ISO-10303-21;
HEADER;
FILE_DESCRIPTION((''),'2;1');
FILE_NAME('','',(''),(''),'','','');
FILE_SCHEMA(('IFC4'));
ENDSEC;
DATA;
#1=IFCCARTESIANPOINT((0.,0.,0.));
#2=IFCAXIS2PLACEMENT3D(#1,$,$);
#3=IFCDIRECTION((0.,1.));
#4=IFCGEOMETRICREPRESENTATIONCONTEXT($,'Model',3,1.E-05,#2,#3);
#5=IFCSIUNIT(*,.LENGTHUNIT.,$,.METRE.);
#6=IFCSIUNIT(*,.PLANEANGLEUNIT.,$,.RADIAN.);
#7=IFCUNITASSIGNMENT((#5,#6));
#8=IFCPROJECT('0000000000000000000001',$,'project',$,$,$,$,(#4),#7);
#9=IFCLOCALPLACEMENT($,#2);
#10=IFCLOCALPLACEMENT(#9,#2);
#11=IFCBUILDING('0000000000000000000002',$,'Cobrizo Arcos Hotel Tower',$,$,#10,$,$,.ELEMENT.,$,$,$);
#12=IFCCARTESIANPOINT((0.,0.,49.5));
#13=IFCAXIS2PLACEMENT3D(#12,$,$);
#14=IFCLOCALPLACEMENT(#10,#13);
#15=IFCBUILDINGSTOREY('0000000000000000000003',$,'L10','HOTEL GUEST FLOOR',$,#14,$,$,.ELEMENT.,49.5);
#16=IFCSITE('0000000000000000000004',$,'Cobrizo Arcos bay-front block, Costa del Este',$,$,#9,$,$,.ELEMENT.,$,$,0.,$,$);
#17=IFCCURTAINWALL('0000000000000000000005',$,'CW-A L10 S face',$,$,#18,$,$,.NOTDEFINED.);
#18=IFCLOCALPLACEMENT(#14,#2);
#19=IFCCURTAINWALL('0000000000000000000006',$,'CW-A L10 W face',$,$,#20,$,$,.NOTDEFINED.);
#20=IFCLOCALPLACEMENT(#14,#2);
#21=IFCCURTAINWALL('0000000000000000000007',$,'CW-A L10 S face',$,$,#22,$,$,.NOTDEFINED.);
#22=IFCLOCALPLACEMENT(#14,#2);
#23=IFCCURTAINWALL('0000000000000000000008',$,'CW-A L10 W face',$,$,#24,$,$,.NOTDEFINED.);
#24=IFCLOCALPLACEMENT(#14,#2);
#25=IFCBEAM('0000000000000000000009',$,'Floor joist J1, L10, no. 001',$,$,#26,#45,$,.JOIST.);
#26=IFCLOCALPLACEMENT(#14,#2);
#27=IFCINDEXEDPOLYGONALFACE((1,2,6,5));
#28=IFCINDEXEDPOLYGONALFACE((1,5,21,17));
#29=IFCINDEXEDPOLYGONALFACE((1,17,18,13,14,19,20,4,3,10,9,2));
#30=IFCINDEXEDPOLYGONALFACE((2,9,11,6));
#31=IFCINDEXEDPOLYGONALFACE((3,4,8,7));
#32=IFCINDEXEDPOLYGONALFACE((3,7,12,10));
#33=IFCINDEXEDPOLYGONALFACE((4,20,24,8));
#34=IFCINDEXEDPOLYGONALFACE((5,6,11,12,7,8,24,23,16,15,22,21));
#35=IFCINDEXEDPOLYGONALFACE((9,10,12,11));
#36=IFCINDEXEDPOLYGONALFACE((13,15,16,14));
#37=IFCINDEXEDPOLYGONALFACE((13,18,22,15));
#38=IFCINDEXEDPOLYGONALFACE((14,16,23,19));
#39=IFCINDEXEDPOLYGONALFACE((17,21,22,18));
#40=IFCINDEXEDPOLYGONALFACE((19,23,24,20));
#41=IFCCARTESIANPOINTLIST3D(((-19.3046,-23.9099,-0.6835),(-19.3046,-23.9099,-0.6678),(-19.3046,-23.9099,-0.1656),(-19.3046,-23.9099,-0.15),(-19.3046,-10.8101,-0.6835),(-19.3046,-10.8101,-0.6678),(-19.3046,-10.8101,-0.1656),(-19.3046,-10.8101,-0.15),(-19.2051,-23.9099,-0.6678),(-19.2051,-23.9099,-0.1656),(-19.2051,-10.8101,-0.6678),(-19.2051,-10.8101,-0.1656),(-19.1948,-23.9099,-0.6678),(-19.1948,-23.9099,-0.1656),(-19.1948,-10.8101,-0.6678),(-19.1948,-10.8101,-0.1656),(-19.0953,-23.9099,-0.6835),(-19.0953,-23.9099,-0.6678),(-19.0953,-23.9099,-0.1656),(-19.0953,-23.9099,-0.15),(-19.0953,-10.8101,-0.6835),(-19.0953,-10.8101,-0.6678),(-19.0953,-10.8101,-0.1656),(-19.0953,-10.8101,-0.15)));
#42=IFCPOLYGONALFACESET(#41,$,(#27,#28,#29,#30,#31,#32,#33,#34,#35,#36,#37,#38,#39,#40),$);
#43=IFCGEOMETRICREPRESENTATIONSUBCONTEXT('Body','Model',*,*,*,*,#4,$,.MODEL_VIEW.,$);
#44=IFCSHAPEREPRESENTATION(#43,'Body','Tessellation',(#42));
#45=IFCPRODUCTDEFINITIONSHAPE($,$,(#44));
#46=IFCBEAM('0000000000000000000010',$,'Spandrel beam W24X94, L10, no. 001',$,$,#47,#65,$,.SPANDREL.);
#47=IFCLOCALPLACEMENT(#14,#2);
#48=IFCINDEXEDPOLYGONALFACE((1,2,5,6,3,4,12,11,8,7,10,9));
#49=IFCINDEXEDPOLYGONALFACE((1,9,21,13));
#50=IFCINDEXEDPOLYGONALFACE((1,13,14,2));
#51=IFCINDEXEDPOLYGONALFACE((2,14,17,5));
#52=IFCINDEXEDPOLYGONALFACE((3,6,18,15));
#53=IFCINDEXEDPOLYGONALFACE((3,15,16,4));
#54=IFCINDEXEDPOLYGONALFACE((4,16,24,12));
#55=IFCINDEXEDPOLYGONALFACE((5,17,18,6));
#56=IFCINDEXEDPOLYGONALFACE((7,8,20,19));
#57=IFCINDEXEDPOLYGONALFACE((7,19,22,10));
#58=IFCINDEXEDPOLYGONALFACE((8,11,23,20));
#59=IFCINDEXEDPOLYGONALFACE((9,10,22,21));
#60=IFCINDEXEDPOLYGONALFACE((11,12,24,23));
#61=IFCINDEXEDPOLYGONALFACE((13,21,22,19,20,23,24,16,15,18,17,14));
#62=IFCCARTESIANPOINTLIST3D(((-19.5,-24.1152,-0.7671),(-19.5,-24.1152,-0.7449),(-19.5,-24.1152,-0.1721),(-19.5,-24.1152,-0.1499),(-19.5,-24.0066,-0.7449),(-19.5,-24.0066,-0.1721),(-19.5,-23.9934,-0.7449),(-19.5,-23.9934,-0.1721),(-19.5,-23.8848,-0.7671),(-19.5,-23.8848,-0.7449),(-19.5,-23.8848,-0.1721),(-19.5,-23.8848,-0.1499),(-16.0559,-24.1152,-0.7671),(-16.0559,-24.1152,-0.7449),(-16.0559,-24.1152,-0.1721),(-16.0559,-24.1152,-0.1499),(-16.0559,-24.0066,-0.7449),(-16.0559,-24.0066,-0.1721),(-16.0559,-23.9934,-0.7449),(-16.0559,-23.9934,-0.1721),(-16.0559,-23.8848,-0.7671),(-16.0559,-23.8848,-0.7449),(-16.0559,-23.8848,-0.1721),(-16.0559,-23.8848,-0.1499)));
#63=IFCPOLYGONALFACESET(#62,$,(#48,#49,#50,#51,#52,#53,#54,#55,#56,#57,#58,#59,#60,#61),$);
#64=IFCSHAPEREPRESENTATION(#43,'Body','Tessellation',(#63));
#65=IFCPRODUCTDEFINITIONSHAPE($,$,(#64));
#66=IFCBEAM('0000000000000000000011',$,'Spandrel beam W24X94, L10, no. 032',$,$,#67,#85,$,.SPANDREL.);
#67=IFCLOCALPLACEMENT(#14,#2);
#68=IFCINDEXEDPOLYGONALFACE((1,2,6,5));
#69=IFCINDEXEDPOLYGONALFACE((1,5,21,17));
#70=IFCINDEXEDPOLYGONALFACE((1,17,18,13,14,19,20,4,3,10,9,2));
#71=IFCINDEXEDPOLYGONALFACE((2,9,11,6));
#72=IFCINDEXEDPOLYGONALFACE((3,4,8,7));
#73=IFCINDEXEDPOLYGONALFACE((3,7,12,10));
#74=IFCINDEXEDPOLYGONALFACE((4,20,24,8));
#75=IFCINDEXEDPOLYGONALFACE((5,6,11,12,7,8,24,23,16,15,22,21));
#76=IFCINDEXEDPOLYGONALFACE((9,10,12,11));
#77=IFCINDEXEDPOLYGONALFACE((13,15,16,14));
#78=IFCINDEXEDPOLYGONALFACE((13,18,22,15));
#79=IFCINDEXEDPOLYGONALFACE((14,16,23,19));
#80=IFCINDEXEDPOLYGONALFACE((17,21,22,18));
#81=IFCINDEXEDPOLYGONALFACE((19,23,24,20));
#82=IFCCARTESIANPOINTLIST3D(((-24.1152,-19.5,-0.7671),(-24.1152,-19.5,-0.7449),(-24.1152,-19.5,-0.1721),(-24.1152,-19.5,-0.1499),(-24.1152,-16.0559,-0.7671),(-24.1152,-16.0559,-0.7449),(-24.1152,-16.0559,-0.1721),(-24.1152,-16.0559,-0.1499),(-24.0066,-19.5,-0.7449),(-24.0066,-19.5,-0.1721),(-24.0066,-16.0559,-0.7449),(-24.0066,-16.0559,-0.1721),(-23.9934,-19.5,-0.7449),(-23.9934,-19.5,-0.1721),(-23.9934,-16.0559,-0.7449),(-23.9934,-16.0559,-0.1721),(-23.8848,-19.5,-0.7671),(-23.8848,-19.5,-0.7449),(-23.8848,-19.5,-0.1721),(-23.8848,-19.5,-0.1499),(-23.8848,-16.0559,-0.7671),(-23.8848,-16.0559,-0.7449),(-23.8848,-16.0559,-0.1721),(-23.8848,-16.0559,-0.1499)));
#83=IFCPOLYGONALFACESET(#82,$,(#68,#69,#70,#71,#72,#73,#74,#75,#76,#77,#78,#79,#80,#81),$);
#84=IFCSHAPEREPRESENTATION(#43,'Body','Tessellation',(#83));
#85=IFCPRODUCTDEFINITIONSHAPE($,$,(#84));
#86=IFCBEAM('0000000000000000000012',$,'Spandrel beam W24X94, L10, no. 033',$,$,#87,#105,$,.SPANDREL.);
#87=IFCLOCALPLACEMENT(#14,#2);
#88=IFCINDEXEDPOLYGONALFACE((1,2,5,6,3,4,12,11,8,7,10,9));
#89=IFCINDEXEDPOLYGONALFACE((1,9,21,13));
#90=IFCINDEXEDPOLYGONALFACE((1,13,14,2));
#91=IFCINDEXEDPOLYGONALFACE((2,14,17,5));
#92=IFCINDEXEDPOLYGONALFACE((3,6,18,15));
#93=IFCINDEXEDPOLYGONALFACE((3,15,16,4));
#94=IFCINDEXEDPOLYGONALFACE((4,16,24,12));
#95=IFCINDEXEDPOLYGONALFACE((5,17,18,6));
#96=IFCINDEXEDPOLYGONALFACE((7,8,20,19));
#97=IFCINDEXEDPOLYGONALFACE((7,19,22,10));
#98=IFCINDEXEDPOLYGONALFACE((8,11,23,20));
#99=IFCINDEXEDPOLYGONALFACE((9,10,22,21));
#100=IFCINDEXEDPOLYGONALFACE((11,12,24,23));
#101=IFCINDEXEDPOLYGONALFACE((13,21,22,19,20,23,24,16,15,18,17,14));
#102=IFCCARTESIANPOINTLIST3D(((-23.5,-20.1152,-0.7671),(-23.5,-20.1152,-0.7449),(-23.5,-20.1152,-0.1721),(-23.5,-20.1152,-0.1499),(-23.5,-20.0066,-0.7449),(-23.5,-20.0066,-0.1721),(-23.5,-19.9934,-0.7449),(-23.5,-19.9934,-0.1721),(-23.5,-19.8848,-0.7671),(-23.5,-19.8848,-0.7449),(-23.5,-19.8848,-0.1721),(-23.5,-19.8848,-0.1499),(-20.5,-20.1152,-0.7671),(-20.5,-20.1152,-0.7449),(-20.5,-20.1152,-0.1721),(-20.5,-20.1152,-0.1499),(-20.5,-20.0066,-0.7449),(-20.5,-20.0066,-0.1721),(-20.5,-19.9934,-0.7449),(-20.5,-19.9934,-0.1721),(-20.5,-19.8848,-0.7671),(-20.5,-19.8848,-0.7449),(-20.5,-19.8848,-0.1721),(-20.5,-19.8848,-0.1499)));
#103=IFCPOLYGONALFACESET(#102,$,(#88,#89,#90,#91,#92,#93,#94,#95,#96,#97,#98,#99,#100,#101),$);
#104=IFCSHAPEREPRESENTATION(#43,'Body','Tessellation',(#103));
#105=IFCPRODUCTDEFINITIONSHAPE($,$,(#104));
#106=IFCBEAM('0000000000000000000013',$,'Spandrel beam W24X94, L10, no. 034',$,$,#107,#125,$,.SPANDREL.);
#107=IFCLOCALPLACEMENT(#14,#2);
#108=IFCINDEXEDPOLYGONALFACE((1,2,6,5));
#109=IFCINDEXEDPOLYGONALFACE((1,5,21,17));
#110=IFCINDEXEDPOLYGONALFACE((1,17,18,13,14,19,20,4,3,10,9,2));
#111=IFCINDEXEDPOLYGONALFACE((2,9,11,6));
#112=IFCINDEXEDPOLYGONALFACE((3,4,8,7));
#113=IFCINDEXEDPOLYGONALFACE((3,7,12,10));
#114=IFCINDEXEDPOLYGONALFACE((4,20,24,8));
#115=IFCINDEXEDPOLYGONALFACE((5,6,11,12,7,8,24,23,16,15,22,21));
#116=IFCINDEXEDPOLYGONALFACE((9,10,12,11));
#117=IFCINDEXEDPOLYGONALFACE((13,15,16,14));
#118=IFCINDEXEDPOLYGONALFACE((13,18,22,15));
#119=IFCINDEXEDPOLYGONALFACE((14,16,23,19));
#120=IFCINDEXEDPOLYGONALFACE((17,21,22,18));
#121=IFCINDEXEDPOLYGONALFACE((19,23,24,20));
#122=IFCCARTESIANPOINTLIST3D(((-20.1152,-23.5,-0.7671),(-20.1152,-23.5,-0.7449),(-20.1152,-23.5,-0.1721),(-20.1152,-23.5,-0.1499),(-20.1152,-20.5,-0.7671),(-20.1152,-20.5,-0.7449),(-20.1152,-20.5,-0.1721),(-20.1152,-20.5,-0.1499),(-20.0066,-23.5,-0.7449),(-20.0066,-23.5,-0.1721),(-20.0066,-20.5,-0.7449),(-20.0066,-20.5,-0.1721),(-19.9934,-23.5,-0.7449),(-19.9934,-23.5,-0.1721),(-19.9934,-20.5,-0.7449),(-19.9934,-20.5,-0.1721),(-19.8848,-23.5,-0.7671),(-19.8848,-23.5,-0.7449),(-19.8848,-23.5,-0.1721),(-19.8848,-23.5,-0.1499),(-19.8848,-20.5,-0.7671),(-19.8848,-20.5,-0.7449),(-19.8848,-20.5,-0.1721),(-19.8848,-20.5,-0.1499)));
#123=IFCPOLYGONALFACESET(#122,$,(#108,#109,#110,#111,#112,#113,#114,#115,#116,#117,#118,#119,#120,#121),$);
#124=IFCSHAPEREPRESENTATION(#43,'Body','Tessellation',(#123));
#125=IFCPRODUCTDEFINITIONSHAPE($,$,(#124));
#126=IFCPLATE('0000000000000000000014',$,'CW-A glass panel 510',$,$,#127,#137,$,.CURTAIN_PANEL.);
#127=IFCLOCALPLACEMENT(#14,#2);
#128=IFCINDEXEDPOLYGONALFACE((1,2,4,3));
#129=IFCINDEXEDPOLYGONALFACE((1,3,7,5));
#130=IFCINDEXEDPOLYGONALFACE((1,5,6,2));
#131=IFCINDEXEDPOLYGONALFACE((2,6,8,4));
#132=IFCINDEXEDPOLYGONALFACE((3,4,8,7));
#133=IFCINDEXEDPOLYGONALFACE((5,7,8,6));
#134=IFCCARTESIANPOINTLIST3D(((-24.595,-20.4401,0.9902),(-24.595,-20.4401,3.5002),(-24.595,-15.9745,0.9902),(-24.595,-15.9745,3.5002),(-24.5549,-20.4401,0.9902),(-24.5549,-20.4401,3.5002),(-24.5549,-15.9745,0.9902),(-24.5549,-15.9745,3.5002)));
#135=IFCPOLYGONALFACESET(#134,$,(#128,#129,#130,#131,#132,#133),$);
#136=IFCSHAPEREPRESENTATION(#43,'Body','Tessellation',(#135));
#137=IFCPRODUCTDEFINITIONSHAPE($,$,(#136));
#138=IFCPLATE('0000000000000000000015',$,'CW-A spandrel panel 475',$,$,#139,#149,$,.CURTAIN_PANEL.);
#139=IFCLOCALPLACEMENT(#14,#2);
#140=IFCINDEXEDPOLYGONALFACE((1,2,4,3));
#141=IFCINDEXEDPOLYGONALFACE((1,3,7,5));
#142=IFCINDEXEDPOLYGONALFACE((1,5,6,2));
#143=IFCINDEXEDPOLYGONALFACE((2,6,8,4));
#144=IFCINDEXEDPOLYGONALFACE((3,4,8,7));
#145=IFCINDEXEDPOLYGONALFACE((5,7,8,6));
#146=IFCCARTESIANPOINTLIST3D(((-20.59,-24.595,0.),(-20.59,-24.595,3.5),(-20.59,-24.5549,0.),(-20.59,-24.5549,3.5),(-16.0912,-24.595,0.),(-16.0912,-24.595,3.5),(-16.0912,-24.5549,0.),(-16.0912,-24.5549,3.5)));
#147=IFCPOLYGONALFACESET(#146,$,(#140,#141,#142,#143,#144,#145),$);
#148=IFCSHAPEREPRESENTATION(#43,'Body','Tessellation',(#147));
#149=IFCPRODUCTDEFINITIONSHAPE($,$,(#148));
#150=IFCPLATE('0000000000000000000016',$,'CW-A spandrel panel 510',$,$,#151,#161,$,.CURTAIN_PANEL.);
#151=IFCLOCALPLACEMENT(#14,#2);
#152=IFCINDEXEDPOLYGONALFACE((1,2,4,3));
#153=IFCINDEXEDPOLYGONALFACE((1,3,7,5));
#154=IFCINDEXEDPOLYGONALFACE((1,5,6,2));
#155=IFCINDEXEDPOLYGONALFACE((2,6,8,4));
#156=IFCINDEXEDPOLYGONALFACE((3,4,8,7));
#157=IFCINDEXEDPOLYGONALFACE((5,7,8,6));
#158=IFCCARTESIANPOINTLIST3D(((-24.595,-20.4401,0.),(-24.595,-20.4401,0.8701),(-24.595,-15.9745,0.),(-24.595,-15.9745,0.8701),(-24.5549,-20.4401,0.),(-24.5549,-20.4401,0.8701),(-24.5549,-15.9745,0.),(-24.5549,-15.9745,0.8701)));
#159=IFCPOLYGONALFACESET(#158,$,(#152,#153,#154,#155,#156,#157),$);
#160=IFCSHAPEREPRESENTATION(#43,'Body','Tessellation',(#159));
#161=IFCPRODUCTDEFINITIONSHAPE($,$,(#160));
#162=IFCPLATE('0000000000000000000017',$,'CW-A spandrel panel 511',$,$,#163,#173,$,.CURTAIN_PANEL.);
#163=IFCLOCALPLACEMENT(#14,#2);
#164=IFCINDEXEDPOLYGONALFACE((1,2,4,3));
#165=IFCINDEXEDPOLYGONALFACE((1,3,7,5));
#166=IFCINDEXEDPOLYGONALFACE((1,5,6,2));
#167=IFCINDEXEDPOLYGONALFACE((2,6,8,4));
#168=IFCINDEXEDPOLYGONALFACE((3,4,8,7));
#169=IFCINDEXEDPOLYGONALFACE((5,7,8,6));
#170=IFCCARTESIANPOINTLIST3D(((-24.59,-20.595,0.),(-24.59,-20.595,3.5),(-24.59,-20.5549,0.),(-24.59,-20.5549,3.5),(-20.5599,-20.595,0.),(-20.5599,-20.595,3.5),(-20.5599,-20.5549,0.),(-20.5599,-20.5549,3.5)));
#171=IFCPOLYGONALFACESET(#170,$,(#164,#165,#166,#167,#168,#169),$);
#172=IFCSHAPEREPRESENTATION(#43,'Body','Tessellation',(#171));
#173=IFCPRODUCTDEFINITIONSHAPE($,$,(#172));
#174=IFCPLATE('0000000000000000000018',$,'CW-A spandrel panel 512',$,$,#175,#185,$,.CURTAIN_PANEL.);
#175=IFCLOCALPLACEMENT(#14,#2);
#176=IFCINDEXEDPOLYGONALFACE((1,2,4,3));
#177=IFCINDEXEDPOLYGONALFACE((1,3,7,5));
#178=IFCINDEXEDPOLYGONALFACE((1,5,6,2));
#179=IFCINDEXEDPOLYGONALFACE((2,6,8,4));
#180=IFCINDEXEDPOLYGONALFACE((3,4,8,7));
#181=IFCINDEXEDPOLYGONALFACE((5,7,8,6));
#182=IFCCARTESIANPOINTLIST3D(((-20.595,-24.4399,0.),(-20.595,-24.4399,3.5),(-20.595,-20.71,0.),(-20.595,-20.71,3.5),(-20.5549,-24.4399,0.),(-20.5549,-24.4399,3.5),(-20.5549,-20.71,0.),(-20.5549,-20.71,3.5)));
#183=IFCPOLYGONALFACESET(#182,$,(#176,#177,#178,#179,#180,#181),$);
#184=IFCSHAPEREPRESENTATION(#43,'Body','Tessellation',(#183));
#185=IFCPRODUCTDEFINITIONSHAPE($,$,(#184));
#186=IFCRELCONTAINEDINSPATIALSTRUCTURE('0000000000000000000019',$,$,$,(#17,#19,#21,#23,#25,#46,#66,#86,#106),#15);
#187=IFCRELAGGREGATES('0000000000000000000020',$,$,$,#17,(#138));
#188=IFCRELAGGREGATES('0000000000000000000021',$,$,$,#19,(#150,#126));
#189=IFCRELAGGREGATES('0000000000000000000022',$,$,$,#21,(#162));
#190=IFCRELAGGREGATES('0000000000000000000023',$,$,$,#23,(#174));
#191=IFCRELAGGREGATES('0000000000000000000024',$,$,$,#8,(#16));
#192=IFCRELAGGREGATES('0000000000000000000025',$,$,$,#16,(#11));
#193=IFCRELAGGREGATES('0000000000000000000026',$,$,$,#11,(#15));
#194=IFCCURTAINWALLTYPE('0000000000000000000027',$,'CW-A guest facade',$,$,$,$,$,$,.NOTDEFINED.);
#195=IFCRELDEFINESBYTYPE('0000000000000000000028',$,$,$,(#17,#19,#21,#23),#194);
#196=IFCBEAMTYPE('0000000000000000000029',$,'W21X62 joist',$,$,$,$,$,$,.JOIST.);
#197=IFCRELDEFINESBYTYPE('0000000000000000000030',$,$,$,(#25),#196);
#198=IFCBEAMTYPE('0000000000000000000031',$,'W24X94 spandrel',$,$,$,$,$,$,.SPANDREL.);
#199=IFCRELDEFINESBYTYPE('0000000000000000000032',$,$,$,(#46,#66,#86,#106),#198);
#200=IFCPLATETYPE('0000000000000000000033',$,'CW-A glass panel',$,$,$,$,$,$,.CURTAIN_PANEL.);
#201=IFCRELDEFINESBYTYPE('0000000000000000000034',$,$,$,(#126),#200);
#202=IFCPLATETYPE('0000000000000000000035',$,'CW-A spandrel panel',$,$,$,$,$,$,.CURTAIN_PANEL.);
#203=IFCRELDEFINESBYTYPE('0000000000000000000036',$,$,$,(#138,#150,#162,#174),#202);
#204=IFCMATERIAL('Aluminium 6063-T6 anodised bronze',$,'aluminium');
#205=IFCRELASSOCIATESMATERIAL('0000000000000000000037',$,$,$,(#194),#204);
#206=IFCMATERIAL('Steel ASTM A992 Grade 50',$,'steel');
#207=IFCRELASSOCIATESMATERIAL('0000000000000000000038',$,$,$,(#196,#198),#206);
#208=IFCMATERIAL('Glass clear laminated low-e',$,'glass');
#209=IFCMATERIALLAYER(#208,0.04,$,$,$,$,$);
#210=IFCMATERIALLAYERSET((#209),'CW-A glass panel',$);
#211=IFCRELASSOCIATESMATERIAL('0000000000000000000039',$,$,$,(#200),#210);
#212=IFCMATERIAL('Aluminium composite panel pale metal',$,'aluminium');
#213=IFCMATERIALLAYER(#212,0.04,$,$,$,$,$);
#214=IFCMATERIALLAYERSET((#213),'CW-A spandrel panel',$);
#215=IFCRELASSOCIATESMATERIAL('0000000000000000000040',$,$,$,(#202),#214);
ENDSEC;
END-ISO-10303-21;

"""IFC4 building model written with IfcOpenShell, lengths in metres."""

from ifc_helpers import new_model, si_unit, direction, frame, origin, origin_2d, place, context, subcontext, project, spatial, rectangle, i_section, extrude, material, layer, layer_set, material_profile, profile_set, type_object, element, aggregate, save


model = new_model("IFC4")

# Units and contexts
model_context = context("Model", 3, precision=1e-05, world=origin(), true_north=direction((0.0, 1.0)))
body_context = subcontext(model_context, "Body", "Model", "MODEL_VIEW")
ifc_project = project(units=[si_unit("LENGTHUNIT", "METRE"), si_unit("PLANEANGLEUNIT", "RADIAN")], contexts=[model_context])

# Site, building, storey
site_placement = place(None, origin())
site = spatial("IfcSite", under=ifc_project, at=site_placement, Name="Cobrizo Arcos bay-front block, Costa del Este", CompositionType="ELEMENT", RefElevation=0.0)
building_placement = place(site_placement, origin())
building = spatial("IfcBuilding", under=site, at=building_placement, Name="Cobrizo Arcos Hotel Tower", CompositionType="ELEMENT")
storey_placement = place(building_placement, frame((0.0, 0.0, 49.5)))
storey = spatial("IfcBuildingStorey", under=building, at=storey_placement, Name="L10", Description="HOTEL GUEST FLOOR", CompositionType="ELEMENT", Elevation=49.5)

# Curtain walls
ifc_material_1 = material(Name="Aluminium 6063-T6 anodised bronze", Category="aluminium")
curtain_wall_type = type_object("IfcCurtainWallType", Name="CW-A guest facade", PredefinedType="NOTDEFINED", material=ifc_material_1)
curtain_wall_1_placement = place(storey_placement, origin())
curtain_wall_1 = element("IfcCurtainWall", 1, at=curtain_wall_1_placement, inside=storey, type_object=curtain_wall_type, Name="CW-A L10 S face", PredefinedType="NOTDEFINED")
curtain_wall_2_placement = place(storey_placement, origin())
curtain_wall_2 = element("IfcCurtainWall", 2, at=curtain_wall_2_placement, inside=storey, type_object=curtain_wall_type, Name="CW-A L10 W face", PredefinedType="NOTDEFINED")
curtain_wall_3_placement = place(storey_placement, origin())
curtain_wall_3 = element("IfcCurtainWall", 3, at=curtain_wall_3_placement, inside=storey, type_object=curtain_wall_type, Name="CW-A L10 S face", PredefinedType="NOTDEFINED")
curtain_wall_4_placement = place(storey_placement, origin())
curtain_wall_4 = element("IfcCurtainWall", 4, at=curtain_wall_4_placement, inside=storey, type_object=curtain_wall_type, Name="CW-A L10 W face", PredefinedType="NOTDEFINED")

# Beams
ifc_material_2 = material(Name="Steel ASTM A992 Grade 50", Category="steel")
ifc_material_profile_1 = material_profile(ifc_material_2, i_section(OverallWidth=0.2092, OverallDepth=0.5334, WebThickness=0.0103, FlangeThickness=0.0156, at=origin_2d()), Name="W21X62")
ifc_profile_set_1 = profile_set([ifc_material_profile_1], Name="Steel ASTM A992 Grade 50")
beam_type_1 = type_object("IfcBeamType", Name="W21X62 joist", PredefinedType="JOIST", material=ifc_profile_set_1)
beam_placement = place(storey_placement, frame((-19.2, -23.9099, -0.4167), z_axis=(0.0, 1.0, 0.0), x_axis=(-1.0, 0.0, 0.0)))
element("IfcBeam", 5, at=beam_placement, inside=storey, type_object=beam_type_1, Name="Floor joist J1, L10, no. 001", PredefinedType="JOIST", context=body_context, shape_type="SweptSolid", body=[
    extrude(i_section(OverallWidth=0.2092, OverallDepth=0.5334, WebThickness=0.0103, FlangeThickness=0.0156, at=origin_2d()), origin(), (0.0, 0.0, 1.0), 13.0999),
])
ifc_material_profile_2 = material_profile(ifc_material_2, i_section(OverallWidth=0.2305, OverallDepth=0.6172, WebThickness=0.0132, FlangeThickness=0.0222, at=origin_2d()), Name="W24X94")
ifc_profile_set_2 = profile_set([ifc_material_profile_2], Name="Steel ASTM A992 Grade 50")
beam_type_2 = type_object("IfcBeamType", Name="W24X94 spandrel", PredefinedType="SPANDREL", material=ifc_profile_set_2)
for number, where, z_axis, x_axis, name in (
    (6, (-19.5, -24.0, -0.4585), (1.0, 0.0, 0.0), (0.0, 1.0, 0.0), "Spandrel beam W24X94, L10, no. 001"),
    (7, (-24.0, -16.0559, -0.4585), (0.0, -1.0, 0.0), (1.0, 0.0, 0.0), "Spandrel beam W24X94, L10, no. 032"),
):
    element("IfcBeam", number, at=place(storey_placement, frame(where, z_axis=z_axis, x_axis=x_axis)), inside=storey, type_object=beam_type_2, Name=name, PredefinedType="SPANDREL", context=body_context, shape_type="SweptSolid", body=[
        extrude(i_section(OverallWidth=0.2305, OverallDepth=0.6172, WebThickness=0.0132, FlangeThickness=0.0222, at=origin_2d()), origin(), (0.0, 0.0, 1.0), 3.4441),
    ])
for number, where, z_axis, x_axis, name in (
    (8, (-23.5, -20.0, -0.4585), (1.0, 0.0, 0.0), (0.0, 1.0, 0.0), "Spandrel beam W24X94, L10, no. 033"),
    (9, (-20.0, -20.5, -0.4585), (0.0, -1.0, 0.0), (1.0, 0.0, 0.0), "Spandrel beam W24X94, L10, no. 034"),
):
    element("IfcBeam", number, at=place(storey_placement, frame(where, z_axis=z_axis, x_axis=x_axis)), inside=storey, type_object=beam_type_2, Name=name, PredefinedType="SPANDREL", context=body_context, shape_type="SweptSolid", body=[
        extrude(i_section(OverallWidth=0.2305, OverallDepth=0.6172, WebThickness=0.0132, FlangeThickness=0.0222, at=origin_2d()), origin(), (0.0, 0.0, 1.0), 3.0),
    ])

# Plates
ifc_material_3 = material(Name="Glass clear laminated low-e", Category="glass")
ifc_layer_1 = layer(ifc_material_3, 0.04)
ifc_layer_set_1 = layer_set([ifc_layer_1], Name="CW-A glass panel")
plate_type_1 = type_object("IfcPlateType", Name="CW-A glass panel", PredefinedType="CURTAIN_PANEL", material=ifc_layer_set_1)
plate_1_placement = place(storey_placement, frame((-24.575, -18.2073, 0.9902), z_axis=(0.0, 0.0, 1.0), x_axis=(0.0, -1.0, 0.0)))
plate_1 = element("IfcPlate", 10, at=plate_1_placement, type_object=plate_type_1, Name="CW-A glass panel 510", PredefinedType="CURTAIN_PANEL", context=body_context, shape_type="SweptSolid", body=[
    extrude(rectangle(XDim=4.4656, YDim=0.04, at=origin_2d()), origin(), (0.0, 0.0, 1.0), 2.51),
])
ifc_material_4 = material(Name="Aluminium composite panel pale metal", Category="aluminium")
ifc_layer_2 = layer(ifc_material_4, 0.04)
ifc_layer_set_2 = layer_set([ifc_layer_2], Name="CW-A spandrel panel")
plate_type_2 = type_object("IfcPlateType", Name="CW-A spandrel panel", PredefinedType="CURTAIN_PANEL", material=ifc_layer_set_2)
plate_2_placement = place(storey_placement, frame((-18.3406, -24.575, 0.0), z_axis=(0.0, 0.0, 1.0), x_axis=(1.0, 0.0, 0.0)))
plate_2 = element("IfcPlate", 11, at=plate_2_placement, type_object=plate_type_2, Name="CW-A spandrel panel 475", PredefinedType="CURTAIN_PANEL", context=body_context, shape_type="SweptSolid", body=[
    extrude(rectangle(XDim=4.4988, YDim=0.04, at=origin_2d()), origin(), (0.0, 0.0, 1.0), 3.5),
])
aggregate(curtain_wall_1, [plate_2])
plate_3_placement = place(storey_placement, frame((-24.575, -18.2073, 0.0), z_axis=(0.0, 0.0, 1.0), x_axis=(0.0, -1.0, 0.0)))
plate_3 = element("IfcPlate", 12, at=plate_3_placement, type_object=plate_type_2, Name="CW-A spandrel panel 510", PredefinedType="CURTAIN_PANEL", context=body_context, shape_type="SweptSolid", body=[
    extrude(rectangle(XDim=4.4656, YDim=0.04, at=origin_2d()), origin(), (0.0, 0.0, 1.0), 0.8701),
])
aggregate(curtain_wall_2, [plate_3, plate_1])
plate_4_placement = place(storey_placement, frame((-22.575, -20.575, 0.0), z_axis=(0.0, 0.0, 1.0), x_axis=(1.0, 0.0, 0.0)))
plate_4 = element("IfcPlate", 13, at=plate_4_placement, type_object=plate_type_2, Name="CW-A spandrel panel 511", PredefinedType="CURTAIN_PANEL", context=body_context, shape_type="SweptSolid", body=[
    extrude(rectangle(XDim=4.03, YDim=0.04, at=origin_2d()), origin(), (0.0, 0.0, 1.0), 3.5),
])
aggregate(curtain_wall_3, [plate_4])
plate_5_placement = place(storey_placement, frame((-20.575, -22.575, 0.0), z_axis=(0.0, 0.0, 1.0), x_axis=(0.0, -1.0, 0.0)))
plate_5 = element("IfcPlate", 14, at=plate_5_placement, type_object=plate_type_2, Name="CW-A spandrel panel 512", PredefinedType="CURTAIN_PANEL", context=body_context, shape_type="SweptSolid", body=[
    extrude(rectangle(XDim=3.73, YDim=0.04, at=origin_2d()), origin(), (0.0, 0.0, 1.0), 3.5),
])
aggregate(curtain_wall_4, [plate_5])

save(model, "model.ifc")
